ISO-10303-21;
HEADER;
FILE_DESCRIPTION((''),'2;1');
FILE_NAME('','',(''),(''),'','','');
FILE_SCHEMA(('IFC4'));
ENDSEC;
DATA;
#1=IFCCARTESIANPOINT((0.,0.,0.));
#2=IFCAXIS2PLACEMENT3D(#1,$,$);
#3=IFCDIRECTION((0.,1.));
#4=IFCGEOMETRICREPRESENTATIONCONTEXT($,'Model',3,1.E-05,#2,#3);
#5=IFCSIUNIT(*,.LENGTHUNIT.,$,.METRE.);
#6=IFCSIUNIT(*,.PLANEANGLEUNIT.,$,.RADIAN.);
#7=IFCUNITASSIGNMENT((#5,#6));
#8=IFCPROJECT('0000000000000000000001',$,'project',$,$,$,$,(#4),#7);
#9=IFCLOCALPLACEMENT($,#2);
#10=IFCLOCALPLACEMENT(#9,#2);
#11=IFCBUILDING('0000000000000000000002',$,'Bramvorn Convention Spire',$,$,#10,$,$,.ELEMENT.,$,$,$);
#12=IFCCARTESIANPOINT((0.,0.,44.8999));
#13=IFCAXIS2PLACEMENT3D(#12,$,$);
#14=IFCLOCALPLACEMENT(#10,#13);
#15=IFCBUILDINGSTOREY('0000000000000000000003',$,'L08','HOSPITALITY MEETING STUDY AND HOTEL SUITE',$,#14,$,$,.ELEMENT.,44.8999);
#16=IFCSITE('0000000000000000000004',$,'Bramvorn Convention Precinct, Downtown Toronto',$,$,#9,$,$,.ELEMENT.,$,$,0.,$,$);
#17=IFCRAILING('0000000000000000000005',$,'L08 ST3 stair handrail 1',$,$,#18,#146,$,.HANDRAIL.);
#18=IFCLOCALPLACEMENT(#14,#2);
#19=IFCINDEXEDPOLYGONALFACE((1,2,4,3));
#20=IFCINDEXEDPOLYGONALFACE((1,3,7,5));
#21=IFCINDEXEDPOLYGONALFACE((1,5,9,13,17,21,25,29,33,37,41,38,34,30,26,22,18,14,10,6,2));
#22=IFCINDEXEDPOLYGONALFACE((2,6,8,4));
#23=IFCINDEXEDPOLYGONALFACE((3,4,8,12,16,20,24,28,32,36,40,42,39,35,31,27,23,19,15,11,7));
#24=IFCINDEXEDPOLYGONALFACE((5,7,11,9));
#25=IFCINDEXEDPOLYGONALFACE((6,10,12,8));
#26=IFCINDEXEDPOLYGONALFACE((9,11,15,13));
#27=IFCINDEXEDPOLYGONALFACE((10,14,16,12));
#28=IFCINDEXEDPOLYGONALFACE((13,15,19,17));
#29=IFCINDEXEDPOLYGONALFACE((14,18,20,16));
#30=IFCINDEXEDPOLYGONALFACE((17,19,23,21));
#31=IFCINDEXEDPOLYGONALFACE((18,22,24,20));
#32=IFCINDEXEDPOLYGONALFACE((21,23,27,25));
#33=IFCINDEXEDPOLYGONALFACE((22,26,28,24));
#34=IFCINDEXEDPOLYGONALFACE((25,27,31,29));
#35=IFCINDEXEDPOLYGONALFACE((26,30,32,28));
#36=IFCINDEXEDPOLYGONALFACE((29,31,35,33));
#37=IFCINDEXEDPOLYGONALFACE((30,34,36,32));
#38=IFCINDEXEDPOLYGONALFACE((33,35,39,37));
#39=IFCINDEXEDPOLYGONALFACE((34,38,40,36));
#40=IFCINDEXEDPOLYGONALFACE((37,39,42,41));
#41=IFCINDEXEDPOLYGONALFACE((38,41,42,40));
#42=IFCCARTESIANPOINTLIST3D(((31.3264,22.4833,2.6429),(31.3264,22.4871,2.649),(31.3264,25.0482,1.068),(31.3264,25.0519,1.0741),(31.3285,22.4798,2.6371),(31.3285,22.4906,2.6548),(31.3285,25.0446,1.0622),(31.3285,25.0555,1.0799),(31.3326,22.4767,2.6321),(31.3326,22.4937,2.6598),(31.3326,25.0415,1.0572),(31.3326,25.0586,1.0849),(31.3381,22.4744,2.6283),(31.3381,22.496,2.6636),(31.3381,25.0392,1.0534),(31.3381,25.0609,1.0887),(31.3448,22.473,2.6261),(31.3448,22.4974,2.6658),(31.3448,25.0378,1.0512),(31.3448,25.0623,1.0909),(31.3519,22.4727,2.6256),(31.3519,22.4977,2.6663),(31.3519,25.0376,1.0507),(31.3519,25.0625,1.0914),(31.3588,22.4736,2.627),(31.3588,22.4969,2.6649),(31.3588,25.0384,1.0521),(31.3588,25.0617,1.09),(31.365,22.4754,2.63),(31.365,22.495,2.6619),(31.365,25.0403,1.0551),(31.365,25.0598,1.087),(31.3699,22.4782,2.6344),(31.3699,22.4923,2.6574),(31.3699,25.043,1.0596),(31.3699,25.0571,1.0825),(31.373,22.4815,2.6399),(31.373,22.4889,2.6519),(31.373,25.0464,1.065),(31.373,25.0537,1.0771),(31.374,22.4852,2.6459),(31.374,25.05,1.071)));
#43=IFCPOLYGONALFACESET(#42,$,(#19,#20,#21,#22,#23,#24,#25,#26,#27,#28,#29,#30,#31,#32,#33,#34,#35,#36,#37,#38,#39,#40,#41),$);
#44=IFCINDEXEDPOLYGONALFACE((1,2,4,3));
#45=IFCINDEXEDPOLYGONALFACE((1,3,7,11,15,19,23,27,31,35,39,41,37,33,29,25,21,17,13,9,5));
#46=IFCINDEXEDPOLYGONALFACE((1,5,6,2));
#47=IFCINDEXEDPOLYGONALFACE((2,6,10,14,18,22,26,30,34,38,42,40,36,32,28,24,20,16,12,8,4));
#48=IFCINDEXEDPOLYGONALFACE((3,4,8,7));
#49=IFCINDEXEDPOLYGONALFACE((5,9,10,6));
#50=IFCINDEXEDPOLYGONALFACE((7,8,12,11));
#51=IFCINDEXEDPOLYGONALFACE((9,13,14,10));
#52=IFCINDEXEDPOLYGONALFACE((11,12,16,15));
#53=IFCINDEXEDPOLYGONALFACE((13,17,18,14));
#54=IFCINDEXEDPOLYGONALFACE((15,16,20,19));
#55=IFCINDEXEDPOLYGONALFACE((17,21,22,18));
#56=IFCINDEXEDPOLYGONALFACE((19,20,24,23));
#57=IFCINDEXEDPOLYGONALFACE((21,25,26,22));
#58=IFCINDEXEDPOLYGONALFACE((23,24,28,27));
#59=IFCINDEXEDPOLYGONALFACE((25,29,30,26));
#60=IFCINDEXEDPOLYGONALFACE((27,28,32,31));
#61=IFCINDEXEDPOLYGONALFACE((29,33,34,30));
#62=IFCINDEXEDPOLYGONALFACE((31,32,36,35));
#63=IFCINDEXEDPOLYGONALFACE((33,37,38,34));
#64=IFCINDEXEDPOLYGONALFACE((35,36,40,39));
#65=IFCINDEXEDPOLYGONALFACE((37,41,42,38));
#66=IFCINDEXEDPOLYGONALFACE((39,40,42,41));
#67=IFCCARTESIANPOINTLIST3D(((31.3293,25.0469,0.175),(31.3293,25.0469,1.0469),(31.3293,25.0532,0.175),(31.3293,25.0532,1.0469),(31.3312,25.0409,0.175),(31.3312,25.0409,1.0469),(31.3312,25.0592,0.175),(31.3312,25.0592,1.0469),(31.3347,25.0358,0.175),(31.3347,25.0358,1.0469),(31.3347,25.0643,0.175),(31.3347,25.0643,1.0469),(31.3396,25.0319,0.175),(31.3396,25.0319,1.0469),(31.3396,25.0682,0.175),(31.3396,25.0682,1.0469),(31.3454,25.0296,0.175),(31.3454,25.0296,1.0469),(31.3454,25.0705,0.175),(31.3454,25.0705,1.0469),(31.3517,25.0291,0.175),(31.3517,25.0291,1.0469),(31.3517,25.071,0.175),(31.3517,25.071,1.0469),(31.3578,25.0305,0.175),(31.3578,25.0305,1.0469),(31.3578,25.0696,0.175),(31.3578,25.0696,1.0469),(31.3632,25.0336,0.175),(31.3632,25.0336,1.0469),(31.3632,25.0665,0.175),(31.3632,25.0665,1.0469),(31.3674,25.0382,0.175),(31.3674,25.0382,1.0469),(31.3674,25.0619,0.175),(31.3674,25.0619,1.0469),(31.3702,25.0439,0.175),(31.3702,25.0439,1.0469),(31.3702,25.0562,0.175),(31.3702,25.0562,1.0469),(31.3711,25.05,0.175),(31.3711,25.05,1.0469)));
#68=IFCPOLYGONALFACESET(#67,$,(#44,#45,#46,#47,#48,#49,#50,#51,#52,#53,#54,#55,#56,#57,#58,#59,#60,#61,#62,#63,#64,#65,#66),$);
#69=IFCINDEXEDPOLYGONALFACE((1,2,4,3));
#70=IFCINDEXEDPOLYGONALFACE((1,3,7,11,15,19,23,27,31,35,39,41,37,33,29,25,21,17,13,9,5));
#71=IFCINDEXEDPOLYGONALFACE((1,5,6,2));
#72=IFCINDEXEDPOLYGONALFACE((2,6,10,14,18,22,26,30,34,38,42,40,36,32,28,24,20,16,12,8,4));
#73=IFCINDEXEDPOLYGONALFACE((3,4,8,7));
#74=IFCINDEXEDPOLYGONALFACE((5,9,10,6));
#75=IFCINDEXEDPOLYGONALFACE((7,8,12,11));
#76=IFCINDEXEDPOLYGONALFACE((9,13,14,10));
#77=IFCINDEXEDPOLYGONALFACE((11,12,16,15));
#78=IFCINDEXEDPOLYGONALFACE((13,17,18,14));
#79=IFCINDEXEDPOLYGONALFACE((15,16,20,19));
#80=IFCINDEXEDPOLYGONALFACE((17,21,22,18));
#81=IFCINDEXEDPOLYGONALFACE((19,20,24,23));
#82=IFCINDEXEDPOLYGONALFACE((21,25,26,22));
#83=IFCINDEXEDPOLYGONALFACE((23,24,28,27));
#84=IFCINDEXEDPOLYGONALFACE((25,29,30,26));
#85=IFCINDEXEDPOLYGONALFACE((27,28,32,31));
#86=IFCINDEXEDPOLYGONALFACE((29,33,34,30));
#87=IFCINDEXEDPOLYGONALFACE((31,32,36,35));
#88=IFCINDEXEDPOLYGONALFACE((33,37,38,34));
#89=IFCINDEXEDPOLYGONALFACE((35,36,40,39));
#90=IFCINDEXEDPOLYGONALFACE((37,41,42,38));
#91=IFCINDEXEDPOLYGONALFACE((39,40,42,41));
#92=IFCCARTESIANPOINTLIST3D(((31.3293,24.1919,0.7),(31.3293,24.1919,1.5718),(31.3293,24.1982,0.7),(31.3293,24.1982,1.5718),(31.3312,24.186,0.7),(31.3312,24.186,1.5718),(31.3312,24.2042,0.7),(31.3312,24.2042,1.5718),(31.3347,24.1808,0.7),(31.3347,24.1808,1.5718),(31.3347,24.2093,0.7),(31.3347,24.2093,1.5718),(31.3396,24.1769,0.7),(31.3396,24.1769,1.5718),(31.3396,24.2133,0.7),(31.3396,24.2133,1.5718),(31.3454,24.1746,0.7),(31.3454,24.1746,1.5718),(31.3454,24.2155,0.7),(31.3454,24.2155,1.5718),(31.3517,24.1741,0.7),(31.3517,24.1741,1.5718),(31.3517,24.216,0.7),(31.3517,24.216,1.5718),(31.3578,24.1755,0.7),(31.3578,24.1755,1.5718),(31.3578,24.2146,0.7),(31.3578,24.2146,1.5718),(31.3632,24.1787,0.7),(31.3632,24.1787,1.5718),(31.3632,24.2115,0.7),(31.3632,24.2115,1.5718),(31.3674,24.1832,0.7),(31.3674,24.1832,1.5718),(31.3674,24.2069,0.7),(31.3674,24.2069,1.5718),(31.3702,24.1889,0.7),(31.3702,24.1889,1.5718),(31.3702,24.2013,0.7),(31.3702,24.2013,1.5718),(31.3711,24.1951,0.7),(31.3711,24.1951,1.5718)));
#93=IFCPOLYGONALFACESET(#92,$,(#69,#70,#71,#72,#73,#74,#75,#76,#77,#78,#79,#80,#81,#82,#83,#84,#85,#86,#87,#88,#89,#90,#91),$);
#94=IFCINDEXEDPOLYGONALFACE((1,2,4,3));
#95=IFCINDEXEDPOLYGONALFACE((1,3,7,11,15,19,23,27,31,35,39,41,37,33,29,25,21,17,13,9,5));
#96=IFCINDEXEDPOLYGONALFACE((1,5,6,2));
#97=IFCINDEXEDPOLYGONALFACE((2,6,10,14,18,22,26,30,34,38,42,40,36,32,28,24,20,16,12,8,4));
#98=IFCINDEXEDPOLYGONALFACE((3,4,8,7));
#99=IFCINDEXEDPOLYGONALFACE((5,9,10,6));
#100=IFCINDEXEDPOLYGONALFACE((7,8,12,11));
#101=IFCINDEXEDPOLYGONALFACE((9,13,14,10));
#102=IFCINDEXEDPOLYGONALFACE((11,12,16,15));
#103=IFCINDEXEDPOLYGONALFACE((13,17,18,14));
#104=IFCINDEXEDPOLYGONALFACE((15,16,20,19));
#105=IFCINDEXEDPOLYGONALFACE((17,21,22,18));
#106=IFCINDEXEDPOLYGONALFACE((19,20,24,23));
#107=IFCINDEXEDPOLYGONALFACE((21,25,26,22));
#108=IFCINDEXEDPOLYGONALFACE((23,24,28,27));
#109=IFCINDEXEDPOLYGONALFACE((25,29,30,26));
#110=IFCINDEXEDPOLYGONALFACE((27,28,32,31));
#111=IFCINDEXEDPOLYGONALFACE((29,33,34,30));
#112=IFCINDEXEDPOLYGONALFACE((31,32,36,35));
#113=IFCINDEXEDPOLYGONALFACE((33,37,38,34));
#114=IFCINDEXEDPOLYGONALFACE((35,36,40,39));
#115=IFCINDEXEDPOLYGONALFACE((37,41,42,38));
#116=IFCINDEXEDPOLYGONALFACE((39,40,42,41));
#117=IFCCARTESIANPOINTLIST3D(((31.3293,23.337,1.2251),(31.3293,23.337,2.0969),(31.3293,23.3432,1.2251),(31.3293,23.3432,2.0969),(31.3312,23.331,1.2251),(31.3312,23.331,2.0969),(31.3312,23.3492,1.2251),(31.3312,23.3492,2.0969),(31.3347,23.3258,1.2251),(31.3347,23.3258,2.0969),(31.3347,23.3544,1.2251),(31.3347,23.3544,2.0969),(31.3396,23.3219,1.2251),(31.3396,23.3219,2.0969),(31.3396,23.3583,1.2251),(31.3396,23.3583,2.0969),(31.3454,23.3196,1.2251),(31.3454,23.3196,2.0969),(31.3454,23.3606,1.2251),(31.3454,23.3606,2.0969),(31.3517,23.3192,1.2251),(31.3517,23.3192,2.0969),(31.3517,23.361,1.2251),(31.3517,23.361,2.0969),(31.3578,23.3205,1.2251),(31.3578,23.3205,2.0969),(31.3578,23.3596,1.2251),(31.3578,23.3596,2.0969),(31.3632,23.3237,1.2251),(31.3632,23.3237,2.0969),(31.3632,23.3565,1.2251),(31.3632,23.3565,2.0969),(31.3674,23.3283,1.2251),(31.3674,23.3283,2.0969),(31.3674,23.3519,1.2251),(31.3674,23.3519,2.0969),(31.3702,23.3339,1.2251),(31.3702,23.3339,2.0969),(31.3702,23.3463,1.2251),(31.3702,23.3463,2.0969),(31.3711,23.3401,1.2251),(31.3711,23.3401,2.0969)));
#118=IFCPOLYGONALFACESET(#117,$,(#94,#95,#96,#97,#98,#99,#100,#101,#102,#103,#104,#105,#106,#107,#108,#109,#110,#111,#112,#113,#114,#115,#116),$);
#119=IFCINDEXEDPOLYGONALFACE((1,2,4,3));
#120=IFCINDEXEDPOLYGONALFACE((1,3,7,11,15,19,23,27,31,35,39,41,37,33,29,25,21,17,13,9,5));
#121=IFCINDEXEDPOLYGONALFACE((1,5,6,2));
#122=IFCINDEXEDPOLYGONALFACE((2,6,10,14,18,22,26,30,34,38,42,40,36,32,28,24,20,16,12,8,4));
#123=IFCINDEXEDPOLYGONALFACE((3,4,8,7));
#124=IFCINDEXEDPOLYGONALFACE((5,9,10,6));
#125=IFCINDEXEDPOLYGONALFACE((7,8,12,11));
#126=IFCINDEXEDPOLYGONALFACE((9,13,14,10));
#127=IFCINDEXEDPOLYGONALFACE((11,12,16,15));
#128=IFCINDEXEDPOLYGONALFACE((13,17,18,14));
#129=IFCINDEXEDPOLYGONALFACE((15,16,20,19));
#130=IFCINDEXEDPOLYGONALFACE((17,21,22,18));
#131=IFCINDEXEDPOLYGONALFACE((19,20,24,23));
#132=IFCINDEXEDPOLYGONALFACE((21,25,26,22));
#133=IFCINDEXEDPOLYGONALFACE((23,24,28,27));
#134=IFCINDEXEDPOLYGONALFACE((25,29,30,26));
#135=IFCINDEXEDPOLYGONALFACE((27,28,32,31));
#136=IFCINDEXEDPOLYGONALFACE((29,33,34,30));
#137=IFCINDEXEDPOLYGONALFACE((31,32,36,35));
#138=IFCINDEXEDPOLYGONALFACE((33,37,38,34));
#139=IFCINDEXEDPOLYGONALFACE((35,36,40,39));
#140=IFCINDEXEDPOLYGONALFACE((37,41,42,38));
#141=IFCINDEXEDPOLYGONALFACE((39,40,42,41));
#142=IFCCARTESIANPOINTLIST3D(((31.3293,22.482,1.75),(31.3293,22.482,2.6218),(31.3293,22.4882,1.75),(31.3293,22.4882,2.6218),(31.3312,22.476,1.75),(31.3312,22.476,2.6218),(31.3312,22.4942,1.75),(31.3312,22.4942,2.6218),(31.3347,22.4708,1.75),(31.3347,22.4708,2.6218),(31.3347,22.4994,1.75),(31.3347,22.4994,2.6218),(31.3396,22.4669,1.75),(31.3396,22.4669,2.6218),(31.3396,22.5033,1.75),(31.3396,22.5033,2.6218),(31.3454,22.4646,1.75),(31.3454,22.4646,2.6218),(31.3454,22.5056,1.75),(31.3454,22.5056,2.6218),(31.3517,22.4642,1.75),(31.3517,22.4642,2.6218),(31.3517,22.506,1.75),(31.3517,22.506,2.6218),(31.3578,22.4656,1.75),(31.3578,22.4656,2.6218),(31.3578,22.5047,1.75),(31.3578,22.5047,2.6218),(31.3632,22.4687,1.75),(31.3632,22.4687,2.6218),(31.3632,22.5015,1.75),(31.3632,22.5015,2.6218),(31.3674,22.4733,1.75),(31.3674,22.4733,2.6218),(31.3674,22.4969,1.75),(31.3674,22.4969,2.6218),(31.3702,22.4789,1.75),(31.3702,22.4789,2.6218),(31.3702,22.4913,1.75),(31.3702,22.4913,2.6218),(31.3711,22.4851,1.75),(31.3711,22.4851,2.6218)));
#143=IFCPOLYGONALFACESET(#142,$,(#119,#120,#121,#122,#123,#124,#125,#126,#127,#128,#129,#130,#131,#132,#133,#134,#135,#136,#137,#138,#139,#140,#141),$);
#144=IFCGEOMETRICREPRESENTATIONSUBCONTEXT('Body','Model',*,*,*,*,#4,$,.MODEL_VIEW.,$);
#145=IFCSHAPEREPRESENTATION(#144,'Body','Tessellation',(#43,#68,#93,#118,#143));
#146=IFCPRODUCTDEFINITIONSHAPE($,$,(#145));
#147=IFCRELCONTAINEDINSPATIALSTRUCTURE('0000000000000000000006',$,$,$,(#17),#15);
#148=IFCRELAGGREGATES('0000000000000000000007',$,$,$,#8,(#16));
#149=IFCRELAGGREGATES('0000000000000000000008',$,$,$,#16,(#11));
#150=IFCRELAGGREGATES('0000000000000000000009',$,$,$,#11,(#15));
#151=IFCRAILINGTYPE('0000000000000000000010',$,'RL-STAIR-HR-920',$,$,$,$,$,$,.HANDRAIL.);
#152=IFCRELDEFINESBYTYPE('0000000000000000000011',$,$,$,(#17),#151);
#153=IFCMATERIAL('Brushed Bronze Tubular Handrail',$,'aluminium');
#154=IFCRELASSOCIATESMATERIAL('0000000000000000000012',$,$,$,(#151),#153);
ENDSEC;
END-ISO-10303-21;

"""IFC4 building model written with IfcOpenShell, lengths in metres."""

from ifc_helpers import new_model, si_unit, direction, frame, origin, origin_2d, place, context, subcontext, project, spatial, circle, extrude, material, type_object, element, save


model = new_model("IFC4")

# Units and contexts
model_context = context("Model", 3, precision=1e-05, world=origin(), true_north=direction((0.0, 1.0)))
body_context = subcontext(model_context, "Body", "Model", "MODEL_VIEW")
ifc_project = project(units=[si_unit("LENGTHUNIT", "METRE"), si_unit("PLANEANGLEUNIT", "RADIAN")], contexts=[model_context])

# Site, building, storey
site_placement = place(None, origin())
site = spatial("IfcSite", under=ifc_project, at=site_placement, Name="Bramvorn Convention Precinct, Downtown Toronto", CompositionType="ELEMENT", RefElevation=0.0)
building_placement = place(site_placement, origin())
building = spatial("IfcBuilding", under=site, at=building_placement, Name="Bramvorn Convention Spire", CompositionType="ELEMENT")
storey_placement = place(building_placement, frame((0.0, 0.0, 44.8999)))
storey = spatial("IfcBuildingStorey", under=building, at=storey_placement, Name="L08", Description="HOSPITALITY MEETING STUDY AND HOTEL SUITE", CompositionType="ELEMENT", Elevation=44.8999)

# Railing
ifc_material_1 = material(Name="Brushed Bronze Tubular Handrail", Category="aluminium")
railing_type_1 = type_object("IfcRailingType", Name="RL-STAIR-HR-920", PredefinedType="HANDRAIL", material=ifc_material_1)
for number, where, name in (
    (1, (31.3501, 25.05, 0.175), "L08 ST3 stair handrail 1"),
):
    element("IfcRailing", number, at=place(storey_placement, frame(where)), inside=storey, type_object=railing_type_1, Name=name, PredefinedType="HANDRAIL", context=body_context, shape_type="SweptSolid", body=[
        extrude(circle(Radius=0.0239, at=origin_2d()), frame((0.0, 0.0, 0.896), z_axis=(0.0, -0.852173, 0.52326), x_axis=(1.0, 0.0, 0.0)), (0.0, 0.0, 1.0), 3.0098),
        extrude(circle(Radius=0.021, at=origin_2d()), origin(), (0.0, 0.0, 1.0), 0.8718),
        extrude(circle(Radius=0.021, at=origin_2d()), frame((0.0, -0.855, 0.5249)), (0.0, 0.0, 1.0), 0.8718),
        extrude(circle(Radius=0.021, at=origin_2d()), frame((0.0, -1.71, 1.05)), (0.0, 0.0, 1.0), 0.8718),
        extrude(circle(Radius=0.021, at=origin_2d()), frame((0.0, -2.5649, 1.575)), (0.0, 0.0, 1.0), 0.8718),
    ])

save(model, "model.ifc")
